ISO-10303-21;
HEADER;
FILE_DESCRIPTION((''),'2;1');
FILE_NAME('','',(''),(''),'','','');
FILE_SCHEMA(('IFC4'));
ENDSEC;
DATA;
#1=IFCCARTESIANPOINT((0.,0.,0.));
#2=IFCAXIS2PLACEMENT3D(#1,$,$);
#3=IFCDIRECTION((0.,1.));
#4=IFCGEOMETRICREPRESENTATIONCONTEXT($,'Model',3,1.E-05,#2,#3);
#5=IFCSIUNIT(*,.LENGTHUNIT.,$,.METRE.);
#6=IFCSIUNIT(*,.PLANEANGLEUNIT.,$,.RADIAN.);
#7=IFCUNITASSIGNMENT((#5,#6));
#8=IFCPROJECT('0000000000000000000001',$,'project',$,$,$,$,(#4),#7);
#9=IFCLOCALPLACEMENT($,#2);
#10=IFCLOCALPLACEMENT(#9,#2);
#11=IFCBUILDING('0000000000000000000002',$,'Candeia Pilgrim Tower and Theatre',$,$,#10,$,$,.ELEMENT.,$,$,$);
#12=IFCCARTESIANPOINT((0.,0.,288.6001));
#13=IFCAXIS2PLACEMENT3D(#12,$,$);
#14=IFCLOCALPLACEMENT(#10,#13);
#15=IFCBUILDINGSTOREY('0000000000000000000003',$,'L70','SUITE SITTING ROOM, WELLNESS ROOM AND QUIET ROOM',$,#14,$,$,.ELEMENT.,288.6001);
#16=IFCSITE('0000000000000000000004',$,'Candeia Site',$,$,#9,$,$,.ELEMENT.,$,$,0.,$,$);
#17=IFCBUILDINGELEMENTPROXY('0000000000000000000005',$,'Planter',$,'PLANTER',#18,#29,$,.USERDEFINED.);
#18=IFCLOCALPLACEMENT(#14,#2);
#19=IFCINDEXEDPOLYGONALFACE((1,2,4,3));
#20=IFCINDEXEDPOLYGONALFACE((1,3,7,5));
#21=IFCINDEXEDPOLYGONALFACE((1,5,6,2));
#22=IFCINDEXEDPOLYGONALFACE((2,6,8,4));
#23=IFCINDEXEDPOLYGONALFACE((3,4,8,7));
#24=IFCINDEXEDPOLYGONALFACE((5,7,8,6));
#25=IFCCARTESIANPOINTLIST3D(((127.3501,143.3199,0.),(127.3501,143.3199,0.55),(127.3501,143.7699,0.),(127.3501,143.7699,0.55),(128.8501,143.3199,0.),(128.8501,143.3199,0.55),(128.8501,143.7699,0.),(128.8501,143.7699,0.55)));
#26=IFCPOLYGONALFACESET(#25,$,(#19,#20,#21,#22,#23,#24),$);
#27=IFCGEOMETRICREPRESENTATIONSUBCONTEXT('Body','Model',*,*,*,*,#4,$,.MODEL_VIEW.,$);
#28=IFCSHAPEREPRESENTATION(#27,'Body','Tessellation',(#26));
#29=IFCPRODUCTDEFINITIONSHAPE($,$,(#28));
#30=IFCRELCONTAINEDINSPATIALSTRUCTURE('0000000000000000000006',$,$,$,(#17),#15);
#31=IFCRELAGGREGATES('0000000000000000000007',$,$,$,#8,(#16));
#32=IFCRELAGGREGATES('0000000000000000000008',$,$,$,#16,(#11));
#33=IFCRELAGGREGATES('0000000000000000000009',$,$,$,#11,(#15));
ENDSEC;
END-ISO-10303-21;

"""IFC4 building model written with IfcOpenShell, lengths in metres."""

from ifc_helpers import new_model, si_unit, direction, frame, origin, origin_2d, place, context, subcontext, project, spatial, rectangle, extrude, element, save


model = new_model("IFC4")

# Units and contexts
model_context = context("Model", 3, precision=1e-05, world=origin(), true_north=direction((0.0, 1.0)))
body_context = subcontext(model_context, "Body", "Model", "MODEL_VIEW")
ifc_project = project(units=[si_unit("LENGTHUNIT", "METRE"), si_unit("PLANEANGLEUNIT", "RADIAN")], contexts=[model_context])

# Site, building, storey
site_placement = place(None, origin())
site = spatial("IfcSite", under=ifc_project, at=site_placement, Name="Candeia Site", CompositionType="ELEMENT", RefElevation=0.0)
building_placement = place(site_placement, origin())
building = spatial("IfcBuilding", under=site, at=building_placement, Name="Candeia Pilgrim Tower and Theatre", CompositionType="ELEMENT")
storey_placement = place(building_placement, frame((0.0, 0.0, 288.6001)))
storey = spatial("IfcBuildingStorey", under=building, at=storey_placement, Name="L70", Description="SUITE SITTING ROOM, WELLNESS ROOM AND QUIET ROOM", CompositionType="ELEMENT", Elevation=288.6001)

# Building element proxy
proxy_placement = place(storey_placement, frame((128.1001, 143.5449, 0.0), z_axis=(0.0, 0.0, 1.0), x_axis=(-1.0, 0.0, 0.0)))
element("IfcBuildingElementProxy", 1, at=proxy_placement, inside=storey, Name="Planter", ObjectType="PLANTER", PredefinedType="USERDEFINED", context=body_context, shape_type="SweptSolid", body=[
    extrude(rectangle(XDim=1.5, YDim=0.45, at=origin_2d()), origin(), (0.0, 0.0, 1.0), 0.55),
])

save(model, "model.ifc")
